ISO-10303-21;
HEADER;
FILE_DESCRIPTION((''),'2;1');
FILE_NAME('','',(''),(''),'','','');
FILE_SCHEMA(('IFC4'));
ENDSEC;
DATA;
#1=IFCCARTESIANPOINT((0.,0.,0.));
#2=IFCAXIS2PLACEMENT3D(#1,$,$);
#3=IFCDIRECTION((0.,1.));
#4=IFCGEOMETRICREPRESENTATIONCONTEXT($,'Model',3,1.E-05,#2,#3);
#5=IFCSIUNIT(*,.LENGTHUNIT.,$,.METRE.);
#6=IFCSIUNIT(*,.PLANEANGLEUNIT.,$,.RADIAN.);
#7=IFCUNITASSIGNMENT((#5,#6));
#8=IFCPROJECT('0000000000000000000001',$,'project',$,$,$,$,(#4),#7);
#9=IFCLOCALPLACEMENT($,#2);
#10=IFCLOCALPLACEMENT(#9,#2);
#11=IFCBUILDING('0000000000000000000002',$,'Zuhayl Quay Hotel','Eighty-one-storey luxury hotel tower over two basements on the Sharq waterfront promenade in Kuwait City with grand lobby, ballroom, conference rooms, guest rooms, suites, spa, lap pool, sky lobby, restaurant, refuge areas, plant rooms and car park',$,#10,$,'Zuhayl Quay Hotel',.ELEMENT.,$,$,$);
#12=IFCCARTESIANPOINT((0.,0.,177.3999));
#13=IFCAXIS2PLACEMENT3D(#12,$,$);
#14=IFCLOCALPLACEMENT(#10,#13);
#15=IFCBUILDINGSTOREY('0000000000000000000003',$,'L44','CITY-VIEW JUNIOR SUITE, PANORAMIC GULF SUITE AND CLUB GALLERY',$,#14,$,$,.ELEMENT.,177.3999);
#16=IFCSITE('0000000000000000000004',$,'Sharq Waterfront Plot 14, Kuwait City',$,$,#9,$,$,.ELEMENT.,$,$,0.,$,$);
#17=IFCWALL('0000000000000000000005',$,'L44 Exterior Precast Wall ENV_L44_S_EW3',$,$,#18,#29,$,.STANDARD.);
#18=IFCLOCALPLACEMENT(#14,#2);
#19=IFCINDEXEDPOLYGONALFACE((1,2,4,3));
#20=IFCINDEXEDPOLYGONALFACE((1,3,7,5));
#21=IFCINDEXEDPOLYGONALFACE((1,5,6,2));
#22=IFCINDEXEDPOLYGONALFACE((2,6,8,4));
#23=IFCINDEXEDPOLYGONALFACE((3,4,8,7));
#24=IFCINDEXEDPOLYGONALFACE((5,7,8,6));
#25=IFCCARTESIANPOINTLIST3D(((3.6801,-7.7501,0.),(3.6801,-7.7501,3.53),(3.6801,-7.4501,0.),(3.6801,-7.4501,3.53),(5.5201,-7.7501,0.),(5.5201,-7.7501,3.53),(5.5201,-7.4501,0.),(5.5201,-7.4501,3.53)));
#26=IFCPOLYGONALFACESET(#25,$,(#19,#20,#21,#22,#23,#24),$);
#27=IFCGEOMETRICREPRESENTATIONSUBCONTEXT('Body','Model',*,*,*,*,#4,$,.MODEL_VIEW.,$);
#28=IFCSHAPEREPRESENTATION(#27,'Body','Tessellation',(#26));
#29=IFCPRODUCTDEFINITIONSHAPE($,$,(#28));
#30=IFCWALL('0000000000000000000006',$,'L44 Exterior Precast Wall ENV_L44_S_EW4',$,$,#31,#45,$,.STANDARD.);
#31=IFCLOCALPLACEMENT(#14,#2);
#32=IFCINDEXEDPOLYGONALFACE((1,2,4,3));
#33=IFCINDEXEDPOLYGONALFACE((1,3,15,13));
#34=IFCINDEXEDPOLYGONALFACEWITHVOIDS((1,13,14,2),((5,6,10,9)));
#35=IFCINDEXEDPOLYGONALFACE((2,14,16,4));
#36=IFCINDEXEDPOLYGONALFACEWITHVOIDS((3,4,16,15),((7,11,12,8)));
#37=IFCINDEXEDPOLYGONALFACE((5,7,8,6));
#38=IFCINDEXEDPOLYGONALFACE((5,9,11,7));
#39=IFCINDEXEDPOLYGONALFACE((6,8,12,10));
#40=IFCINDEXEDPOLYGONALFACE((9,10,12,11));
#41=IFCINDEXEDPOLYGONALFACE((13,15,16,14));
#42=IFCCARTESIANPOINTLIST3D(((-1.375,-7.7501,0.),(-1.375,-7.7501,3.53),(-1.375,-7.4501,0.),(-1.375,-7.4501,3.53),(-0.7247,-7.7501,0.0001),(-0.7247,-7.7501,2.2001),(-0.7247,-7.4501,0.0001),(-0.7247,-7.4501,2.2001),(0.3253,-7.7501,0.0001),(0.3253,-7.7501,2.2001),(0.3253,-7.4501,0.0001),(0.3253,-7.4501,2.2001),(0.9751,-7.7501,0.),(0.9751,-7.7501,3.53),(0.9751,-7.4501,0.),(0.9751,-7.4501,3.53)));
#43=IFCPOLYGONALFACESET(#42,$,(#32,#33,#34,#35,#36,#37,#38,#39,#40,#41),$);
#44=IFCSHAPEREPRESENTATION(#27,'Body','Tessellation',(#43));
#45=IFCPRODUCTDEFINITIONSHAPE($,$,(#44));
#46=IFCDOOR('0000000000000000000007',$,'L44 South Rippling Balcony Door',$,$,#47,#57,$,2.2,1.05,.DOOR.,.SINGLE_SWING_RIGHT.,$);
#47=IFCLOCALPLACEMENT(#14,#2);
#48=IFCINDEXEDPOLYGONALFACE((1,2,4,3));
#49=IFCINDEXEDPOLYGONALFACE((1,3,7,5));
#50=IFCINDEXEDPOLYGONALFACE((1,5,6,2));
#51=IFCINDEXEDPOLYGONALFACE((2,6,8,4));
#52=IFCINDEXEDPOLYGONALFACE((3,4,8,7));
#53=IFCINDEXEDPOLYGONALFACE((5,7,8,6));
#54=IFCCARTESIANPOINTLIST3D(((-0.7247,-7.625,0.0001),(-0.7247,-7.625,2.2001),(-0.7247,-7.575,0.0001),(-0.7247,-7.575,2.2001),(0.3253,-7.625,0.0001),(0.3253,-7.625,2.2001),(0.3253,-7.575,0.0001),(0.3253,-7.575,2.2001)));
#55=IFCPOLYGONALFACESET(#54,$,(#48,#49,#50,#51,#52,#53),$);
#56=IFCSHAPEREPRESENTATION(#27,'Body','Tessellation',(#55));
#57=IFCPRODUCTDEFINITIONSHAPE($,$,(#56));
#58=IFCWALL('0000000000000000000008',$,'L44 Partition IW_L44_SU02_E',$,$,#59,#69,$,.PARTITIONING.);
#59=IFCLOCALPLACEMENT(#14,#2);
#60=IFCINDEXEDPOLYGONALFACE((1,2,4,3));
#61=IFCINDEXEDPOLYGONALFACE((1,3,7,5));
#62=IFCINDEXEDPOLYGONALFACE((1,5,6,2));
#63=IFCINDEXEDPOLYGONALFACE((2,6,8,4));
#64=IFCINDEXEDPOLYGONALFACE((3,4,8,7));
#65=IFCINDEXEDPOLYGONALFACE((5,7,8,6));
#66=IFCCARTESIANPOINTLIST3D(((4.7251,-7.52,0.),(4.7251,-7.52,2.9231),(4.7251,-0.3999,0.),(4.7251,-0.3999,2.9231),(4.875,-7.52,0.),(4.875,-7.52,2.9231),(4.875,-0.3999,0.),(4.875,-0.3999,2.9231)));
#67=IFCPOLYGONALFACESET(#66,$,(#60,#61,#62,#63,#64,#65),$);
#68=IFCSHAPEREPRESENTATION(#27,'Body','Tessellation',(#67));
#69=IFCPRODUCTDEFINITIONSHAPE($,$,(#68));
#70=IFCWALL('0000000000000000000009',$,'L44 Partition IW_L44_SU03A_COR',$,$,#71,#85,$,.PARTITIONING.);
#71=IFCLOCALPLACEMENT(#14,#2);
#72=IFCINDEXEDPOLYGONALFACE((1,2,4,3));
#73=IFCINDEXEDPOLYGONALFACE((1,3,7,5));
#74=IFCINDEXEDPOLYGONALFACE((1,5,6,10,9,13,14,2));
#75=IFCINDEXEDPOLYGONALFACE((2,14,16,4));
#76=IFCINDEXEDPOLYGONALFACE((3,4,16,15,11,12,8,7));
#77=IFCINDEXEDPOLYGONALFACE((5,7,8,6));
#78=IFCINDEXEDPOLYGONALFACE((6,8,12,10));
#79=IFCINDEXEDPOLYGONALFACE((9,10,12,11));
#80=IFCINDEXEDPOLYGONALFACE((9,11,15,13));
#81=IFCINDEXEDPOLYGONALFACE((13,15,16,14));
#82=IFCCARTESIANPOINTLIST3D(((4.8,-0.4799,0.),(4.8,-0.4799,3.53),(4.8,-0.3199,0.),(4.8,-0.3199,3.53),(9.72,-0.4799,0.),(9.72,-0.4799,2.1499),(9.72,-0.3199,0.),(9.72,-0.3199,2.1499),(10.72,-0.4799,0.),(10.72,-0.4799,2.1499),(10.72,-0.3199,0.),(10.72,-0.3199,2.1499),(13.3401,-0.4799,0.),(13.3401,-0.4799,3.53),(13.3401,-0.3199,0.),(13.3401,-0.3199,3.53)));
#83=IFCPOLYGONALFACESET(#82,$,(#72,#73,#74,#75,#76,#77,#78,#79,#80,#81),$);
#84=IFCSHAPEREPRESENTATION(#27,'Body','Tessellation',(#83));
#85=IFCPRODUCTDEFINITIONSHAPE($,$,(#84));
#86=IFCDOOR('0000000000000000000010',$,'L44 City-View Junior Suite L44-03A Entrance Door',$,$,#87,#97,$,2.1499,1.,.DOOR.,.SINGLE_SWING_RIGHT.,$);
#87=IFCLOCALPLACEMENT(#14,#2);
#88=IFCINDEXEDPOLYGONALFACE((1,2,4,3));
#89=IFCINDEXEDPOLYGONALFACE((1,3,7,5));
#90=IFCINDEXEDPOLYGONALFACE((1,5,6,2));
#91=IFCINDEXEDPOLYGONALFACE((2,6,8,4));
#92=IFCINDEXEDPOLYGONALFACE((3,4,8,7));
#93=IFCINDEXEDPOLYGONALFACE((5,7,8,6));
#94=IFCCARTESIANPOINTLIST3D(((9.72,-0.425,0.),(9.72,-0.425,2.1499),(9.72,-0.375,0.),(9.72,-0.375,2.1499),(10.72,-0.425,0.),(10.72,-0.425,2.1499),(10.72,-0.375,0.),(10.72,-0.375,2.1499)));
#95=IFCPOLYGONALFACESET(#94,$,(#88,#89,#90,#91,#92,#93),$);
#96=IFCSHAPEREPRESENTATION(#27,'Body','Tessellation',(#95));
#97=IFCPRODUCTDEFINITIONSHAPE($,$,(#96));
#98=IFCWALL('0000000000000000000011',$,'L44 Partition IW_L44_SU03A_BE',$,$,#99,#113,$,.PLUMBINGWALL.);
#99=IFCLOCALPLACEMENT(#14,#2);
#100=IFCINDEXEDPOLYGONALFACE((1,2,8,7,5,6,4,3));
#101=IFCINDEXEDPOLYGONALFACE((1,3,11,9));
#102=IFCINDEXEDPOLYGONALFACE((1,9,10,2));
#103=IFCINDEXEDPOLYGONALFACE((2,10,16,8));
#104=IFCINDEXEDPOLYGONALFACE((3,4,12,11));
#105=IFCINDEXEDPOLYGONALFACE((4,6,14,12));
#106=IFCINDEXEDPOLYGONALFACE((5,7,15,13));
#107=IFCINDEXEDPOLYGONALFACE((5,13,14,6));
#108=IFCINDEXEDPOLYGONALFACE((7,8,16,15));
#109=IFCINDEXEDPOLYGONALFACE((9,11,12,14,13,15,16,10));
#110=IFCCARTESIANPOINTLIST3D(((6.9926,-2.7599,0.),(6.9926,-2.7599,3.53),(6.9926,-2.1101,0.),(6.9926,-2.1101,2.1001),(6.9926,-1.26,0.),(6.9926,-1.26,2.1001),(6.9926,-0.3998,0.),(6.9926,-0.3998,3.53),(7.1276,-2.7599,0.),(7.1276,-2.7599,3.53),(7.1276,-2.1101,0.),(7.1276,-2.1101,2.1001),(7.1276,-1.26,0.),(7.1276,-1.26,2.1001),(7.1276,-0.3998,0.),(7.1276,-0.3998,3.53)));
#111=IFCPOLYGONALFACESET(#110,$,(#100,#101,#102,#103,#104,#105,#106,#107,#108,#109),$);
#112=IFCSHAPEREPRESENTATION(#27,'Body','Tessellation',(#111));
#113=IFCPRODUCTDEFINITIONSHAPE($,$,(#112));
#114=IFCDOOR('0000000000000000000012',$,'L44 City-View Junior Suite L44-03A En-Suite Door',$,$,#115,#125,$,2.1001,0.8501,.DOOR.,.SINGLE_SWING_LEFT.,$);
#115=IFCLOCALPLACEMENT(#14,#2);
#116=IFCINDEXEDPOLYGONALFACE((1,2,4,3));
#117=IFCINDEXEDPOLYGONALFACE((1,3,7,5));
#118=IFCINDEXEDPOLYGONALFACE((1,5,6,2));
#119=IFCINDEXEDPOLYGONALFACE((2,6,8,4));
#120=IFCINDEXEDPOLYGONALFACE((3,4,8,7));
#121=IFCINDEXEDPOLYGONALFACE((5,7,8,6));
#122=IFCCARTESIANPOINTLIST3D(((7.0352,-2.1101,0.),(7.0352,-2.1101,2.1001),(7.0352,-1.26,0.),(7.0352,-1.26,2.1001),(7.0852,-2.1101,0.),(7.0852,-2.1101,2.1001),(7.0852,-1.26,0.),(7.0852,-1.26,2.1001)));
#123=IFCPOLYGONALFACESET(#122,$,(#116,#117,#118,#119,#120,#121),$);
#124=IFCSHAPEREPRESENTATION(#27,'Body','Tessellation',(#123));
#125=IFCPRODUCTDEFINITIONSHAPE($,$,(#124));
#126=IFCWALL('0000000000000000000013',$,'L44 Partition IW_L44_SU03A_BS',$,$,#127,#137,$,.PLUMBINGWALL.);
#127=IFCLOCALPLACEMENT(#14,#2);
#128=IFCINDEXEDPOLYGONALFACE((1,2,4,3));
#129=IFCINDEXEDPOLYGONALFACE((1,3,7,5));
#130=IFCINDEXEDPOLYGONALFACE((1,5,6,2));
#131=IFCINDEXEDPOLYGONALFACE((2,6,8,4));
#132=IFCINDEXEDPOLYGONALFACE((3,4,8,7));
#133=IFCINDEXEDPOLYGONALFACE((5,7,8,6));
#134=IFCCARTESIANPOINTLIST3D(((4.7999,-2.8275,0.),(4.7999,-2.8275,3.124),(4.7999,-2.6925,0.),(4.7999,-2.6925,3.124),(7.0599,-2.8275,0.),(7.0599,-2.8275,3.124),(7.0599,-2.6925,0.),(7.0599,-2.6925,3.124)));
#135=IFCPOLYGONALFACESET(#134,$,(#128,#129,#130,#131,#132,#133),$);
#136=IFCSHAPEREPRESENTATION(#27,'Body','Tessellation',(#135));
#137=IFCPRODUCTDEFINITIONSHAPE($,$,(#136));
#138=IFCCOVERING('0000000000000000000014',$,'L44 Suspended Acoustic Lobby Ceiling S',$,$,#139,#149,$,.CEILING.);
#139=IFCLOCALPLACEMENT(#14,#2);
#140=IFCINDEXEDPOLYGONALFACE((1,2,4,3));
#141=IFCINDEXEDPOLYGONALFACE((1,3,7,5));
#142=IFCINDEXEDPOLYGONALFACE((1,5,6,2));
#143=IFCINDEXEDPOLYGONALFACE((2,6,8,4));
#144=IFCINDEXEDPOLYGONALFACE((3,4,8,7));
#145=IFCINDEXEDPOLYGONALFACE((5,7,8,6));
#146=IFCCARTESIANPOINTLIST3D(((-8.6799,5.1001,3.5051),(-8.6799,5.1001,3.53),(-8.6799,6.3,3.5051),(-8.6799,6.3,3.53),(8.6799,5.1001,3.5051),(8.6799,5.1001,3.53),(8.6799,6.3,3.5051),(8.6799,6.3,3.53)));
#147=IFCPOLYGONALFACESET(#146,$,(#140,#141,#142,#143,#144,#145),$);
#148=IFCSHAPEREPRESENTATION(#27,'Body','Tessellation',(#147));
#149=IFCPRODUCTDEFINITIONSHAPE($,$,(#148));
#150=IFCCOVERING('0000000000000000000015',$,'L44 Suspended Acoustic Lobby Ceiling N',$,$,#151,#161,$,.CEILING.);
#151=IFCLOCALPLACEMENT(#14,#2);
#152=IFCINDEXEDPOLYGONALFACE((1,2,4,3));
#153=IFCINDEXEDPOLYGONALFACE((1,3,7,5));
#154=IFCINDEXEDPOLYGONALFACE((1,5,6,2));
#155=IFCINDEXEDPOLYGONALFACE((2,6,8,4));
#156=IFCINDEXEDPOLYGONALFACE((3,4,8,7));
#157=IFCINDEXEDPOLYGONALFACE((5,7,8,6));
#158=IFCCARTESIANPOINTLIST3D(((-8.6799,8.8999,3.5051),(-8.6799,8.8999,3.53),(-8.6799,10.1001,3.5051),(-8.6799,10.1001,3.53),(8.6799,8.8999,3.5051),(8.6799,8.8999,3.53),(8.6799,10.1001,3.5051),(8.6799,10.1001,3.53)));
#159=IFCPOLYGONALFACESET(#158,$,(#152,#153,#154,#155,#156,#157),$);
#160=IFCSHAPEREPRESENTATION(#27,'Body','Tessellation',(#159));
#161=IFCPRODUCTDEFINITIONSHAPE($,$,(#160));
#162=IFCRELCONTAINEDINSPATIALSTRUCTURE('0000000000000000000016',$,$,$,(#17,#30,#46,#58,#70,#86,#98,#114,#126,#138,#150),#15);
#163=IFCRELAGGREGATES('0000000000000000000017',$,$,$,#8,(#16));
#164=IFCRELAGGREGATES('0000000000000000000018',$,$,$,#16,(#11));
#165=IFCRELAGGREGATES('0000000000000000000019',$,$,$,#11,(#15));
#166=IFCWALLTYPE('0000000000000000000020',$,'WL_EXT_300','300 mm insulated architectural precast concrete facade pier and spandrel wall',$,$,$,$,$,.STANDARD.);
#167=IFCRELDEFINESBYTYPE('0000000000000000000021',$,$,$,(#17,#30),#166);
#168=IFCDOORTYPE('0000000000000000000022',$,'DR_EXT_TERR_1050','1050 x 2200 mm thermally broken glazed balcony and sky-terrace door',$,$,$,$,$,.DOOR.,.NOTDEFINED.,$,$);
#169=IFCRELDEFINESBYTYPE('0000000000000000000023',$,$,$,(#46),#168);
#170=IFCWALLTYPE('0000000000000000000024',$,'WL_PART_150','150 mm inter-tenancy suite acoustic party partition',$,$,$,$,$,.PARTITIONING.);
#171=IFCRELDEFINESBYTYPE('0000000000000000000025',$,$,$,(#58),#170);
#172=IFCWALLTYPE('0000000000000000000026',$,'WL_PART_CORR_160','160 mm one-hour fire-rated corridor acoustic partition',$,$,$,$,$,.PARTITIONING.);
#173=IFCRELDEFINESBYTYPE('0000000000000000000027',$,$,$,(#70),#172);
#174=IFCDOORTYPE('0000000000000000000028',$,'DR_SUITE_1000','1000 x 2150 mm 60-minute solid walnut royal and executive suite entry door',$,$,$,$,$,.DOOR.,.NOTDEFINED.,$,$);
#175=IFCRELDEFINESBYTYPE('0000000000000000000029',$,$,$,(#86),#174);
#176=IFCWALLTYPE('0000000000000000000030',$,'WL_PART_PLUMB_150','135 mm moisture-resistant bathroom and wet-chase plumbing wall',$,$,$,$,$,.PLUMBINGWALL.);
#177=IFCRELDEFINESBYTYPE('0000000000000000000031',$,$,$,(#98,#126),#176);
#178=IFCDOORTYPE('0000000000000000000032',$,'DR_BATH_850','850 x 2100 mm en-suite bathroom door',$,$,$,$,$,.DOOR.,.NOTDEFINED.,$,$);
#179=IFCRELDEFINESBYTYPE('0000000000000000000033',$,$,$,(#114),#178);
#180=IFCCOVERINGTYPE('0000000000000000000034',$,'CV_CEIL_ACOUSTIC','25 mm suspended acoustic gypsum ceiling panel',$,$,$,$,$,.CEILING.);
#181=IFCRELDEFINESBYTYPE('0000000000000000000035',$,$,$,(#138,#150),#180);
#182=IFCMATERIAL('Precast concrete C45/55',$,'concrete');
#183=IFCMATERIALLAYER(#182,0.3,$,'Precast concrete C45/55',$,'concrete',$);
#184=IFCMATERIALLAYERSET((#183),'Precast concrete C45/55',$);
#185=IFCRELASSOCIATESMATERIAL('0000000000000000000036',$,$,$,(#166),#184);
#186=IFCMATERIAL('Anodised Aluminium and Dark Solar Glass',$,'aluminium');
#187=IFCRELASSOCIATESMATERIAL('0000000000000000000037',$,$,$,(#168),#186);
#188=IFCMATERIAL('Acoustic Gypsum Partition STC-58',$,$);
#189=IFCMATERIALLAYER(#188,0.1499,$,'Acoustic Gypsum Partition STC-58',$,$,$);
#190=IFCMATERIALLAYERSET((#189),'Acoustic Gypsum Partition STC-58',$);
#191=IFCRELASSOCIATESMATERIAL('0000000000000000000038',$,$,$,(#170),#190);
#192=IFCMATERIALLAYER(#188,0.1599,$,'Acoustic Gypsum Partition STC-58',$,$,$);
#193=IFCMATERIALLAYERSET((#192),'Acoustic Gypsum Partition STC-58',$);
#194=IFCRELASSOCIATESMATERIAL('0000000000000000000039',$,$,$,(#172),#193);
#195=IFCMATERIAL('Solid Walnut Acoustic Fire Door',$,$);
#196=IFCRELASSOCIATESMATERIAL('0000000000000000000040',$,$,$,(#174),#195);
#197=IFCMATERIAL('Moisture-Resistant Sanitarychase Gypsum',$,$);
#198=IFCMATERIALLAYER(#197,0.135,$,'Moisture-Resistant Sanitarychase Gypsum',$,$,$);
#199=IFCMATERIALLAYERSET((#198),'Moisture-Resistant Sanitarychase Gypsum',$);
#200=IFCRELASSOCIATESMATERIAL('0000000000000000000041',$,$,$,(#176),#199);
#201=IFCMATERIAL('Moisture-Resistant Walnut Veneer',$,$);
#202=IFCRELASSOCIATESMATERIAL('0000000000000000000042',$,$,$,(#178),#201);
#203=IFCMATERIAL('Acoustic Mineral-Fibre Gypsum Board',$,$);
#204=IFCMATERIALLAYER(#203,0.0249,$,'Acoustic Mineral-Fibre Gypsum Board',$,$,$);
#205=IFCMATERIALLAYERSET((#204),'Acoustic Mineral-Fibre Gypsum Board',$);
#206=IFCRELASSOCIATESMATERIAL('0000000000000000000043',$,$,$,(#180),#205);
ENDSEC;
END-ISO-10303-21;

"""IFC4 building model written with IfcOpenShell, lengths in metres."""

from ifc_helpers import new_model, si_unit, direction, frame, frame_2d, origin, place, context, subcontext, project, spatial, polyline, rectangle, outline, extrude, material, layer, layer_set, type_object, element, fill, save


model = new_model("IFC4")

# Units and contexts
model_context = context("Model", 3, precision=1e-05, world=origin(), true_north=direction((0.0, 1.0)))
body_context = subcontext(model_context, "Body", "Model", "MODEL_VIEW")
ifc_project = project(units=[si_unit("LENGTHUNIT", "METRE"), si_unit("PLANEANGLEUNIT", "RADIAN")], contexts=[model_context])

# Site, building, storey
site_placement = place(None, origin())
site = spatial("IfcSite", under=ifc_project, at=site_placement, Name="Sharq Waterfront Plot 14, Kuwait City", CompositionType="ELEMENT", RefElevation=0.0)
building_placement = place(site_placement, origin())
building = spatial("IfcBuilding", under=site, at=building_placement, Name="Zuhayl Quay Hotel", Description="Eighty-one-storey luxury hotel tower over two basements on the Sharq waterfront promenade in Kuwait City with grand lobby, ballroom, conference rooms, guest rooms, suites, spa, lap pool, sky lobby, restaurant, refuge areas, plant rooms and car park", LongName="Zuhayl Quay Hotel", CompositionType="ELEMENT")
storey_placement = place(building_placement, frame((0.0, 0.0, 177.3999)))
storey = spatial("IfcBuildingStorey", under=building, at=storey_placement, Name="L44", Description="CITY-VIEW JUNIOR SUITE, PANORAMIC GULF SUITE AND CLUB GALLERY", CompositionType="ELEMENT", Elevation=177.3999)

# Wall
ifc_material_1 = material(Name="Precast concrete C45/55", Category="concrete")
ifc_layer_1 = layer(ifc_material_1, 0.3, Name="Precast concrete C45/55", Category="concrete")
ifc_layer_set_1 = layer_set([ifc_layer_1], Name="Precast concrete C45/55")
wall_type_1 = type_object("IfcWallType", Name="WL_EXT_300", Description="300 mm insulated architectural precast concrete facade pier and spandrel wall", PredefinedType="STANDARD", material=ifc_layer_set_1)
wall_1_placement = place(storey_placement, frame((5.52, -7.6001, 0.0), z_axis=(0.0, 0.0, 1.0), x_axis=(-1.0, 0.0, 0.0)))
element("IfcWall", 1, at=wall_1_placement, inside=storey, type_object=wall_type_1, Name="L44 Exterior Precast Wall ENV_L44_S_EW3", PredefinedType="STANDARD", context=body_context, shape_type="SweptSolid", body=[
    extrude(rectangle(XDim=1.8401, YDim=0.3, at=frame_2d((0.9199, 0.0))), origin(), (0.0, 0.0, 1.0), 3.53),
])

# Wall, opening, door
wall_2_placement = place(storey_placement, frame((0.9751, -7.6001, 0.0), z_axis=(0.0, 0.0, 1.0), x_axis=(-1.0, 0.0, 0.0)))
wall_2 = element("IfcWall", 2, at=wall_2_placement, inside=storey, type_object=wall_type_1, Name="L44 Exterior Precast Wall ENV_L44_S_EW4", PredefinedType="STANDARD", context=body_context, shape_type="SweptSolid", body=[
    extrude(rectangle(XDim=2.3501, YDim=0.3, at=frame_2d((1.175, 0.0))), origin(), (0.0, 0.0, 1.0), 3.53),
])
opening_1_placement = place(wall_2_placement, frame((0.6499, 0.0, 0.0)))
opening_1 = element("IfcOpeningElement", 3, at=opening_1_placement, cuts=wall_2, PredefinedType="OPENING", context=body_context, shape_type="SweptSolid", body=[
    extrude(rectangle(XDim=1.05, YDim=2.2, at=frame_2d((0.5249, 1.1001))), frame((0.0, 0.1599, 0.0), z_axis=(0.0, -1.0, 0.0), x_axis=(1.0, 0.0, 0.0)), (0.0, 0.0, 1.0), 0.3201),
])
ifc_material_2 = material(Name="Anodised Aluminium and Dark Solar Glass", Category="aluminium")
door_type_1 = type_object("IfcDoorType", Name="DR_EXT_TERR_1050", Description="1050 x 2200 mm thermally broken glazed balcony and sky-terrace door", OperationType="NOTDEFINED", PredefinedType="DOOR", material=ifc_material_2)
door_1_placement = place(opening_1_placement, origin())
door_1 = element("IfcDoor", 4, at=door_1_placement, inside=storey, type_object=door_type_1, Name="L44 South Rippling Balcony Door", OperationType="SINGLE_SWING_RIGHT", OverallHeight=2.2, OverallWidth=1.05, PredefinedType="DOOR", context=body_context, shape_type="SweptSolid", body=[
    extrude(rectangle(XDim=1.05, YDim=2.2, at=frame_2d((0.5249, 1.1001))), frame((0.0, 0.0249, 0.0), z_axis=(0.0, -1.0, 0.0), x_axis=(1.0, 0.0, 0.0)), (0.0, 0.0, 1.0), 0.05),
])
fill(opening_1, door_1)

# Wall
ifc_material_3 = material(Name="Acoustic Gypsum Partition STC-58")
ifc_layer_2 = layer(ifc_material_3, 0.1499, Name="Acoustic Gypsum Partition STC-58")
ifc_layer_set_2 = layer_set([ifc_layer_2], Name="Acoustic Gypsum Partition STC-58")
wall_type_2 = type_object("IfcWallType", Name="WL_PART_150", Description="150 mm inter-tenancy suite acoustic party partition", PredefinedType="PARTITIONING", material=ifc_layer_set_2)
wall_3_placement = place(storey_placement, frame((4.8, -7.52, 0.0), z_axis=(0.0, 0.0, 1.0), x_axis=(0.0, 1.0, 0.0)))
element("IfcWall", 5, at=wall_3_placement, inside=storey, type_object=wall_type_2, Name="L44 Partition IW_L44_SU02_E", PredefinedType="PARTITIONING", context=body_context, shape_type="SweptSolid", body=[
    extrude(rectangle(XDim=7.1201, YDim=0.1499, at=frame_2d((3.5601, 0.0))), origin(), (0.0, 0.0, 1.0), 2.9231),
])

# Walls, openings, doors
ifc_layer_3 = layer(ifc_material_3, 0.1599, Name="Acoustic Gypsum Partition STC-58")
ifc_layer_set_3 = layer_set([ifc_layer_3], Name="Acoustic Gypsum Partition STC-58")
wall_type_3 = type_object("IfcWallType", Name="WL_PART_CORR_160", Description="160 mm one-hour fire-rated corridor acoustic partition", PredefinedType="PARTITIONING", material=ifc_layer_set_3)
wall_4_placement = place(storey_placement, frame((4.8, -0.3999, 0.0), z_axis=(0.0, 0.0, 1.0), x_axis=(1.0, 0.0, 0.0)))
wall_4 = element("IfcWall", 6, at=wall_4_placement, inside=storey, type_object=wall_type_3, Name="L44 Partition IW_L44_SU03A_COR", PredefinedType="PARTITIONING", context=body_context, shape_type="SweptSolid", body=[
    extrude(rectangle(XDim=8.54, YDim=0.1599, at=frame_2d((4.27, 0.0))), origin(), (0.0, 0.0, 1.0), 3.53),
])
opening_2_placement = place(wall_4_placement, frame((4.9199, 0.0, 0.0)))
opening_2 = element("IfcOpeningElement", 7, at=opening_2_placement, cuts=wall_4, PredefinedType="OPENING", context=body_context, shape_type="SweptSolid", body=[
    extrude(rectangle(XDim=1.0, YDim=2.1499, at=frame_2d((0.5, 1.075))), frame((0.0, 0.0898, 0.0), z_axis=(0.0, -1.0, 0.0), x_axis=(1.0, 0.0, 0.0)), (0.0, 0.0, 1.0), 0.1799),
])
ifc_material_4 = material(Name="Solid Walnut Acoustic Fire Door")
door_type_2 = type_object("IfcDoorType", Name="DR_SUITE_1000", Description="1000 x 2150 mm 60-minute solid walnut royal and executive suite entry door", OperationType="NOTDEFINED", PredefinedType="DOOR", material=ifc_material_4)
door_2_placement = place(opening_2_placement, origin())
door_2 = element("IfcDoor", 8, at=door_2_placement, inside=storey, type_object=door_type_2, Name="L44 City-View Junior Suite L44-03A Entrance Door", OperationType="SINGLE_SWING_RIGHT", OverallHeight=2.1499, OverallWidth=1.0, PredefinedType="DOOR", context=body_context, shape_type="SweptSolid", body=[
    extrude(rectangle(XDim=1.0, YDim=2.1499, at=frame_2d((0.5, 1.075))), frame((0.0, 0.0249, 0.0), z_axis=(0.0, -1.0, 0.0), x_axis=(1.0, 0.0, 0.0)), (0.0, 0.0, 1.0), 0.05),
])
fill(opening_2, door_2)
ifc_material_5 = material(Name="Moisture-Resistant Sanitarychase Gypsum")
ifc_layer_4 = layer(ifc_material_5, 0.135, Name="Moisture-Resistant Sanitarychase Gypsum")
ifc_layer_set_4 = layer_set([ifc_layer_4], Name="Moisture-Resistant Sanitarychase Gypsum")
wall_type_4 = type_object("IfcWallType", Name="WL_PART_PLUMB_150", Description="135 mm moisture-resistant bathroom and wet-chase plumbing wall", PredefinedType="PLUMBINGWALL", material=ifc_layer_set_4)
wall_5_placement = place(storey_placement, frame((7.0601, -2.76, 0.0), z_axis=(0.0, 0.0, 1.0), x_axis=(0.0, 1.0, 0.0)))
wall_5 = element("IfcWall", 9, at=wall_5_placement, inside=storey, type_object=wall_type_4, Name="L44 Partition IW_L44_SU03A_BE", PredefinedType="PLUMBINGWALL", context=body_context, shape_type="SweptSolid", body=[
    extrude(rectangle(XDim=2.3601, YDim=0.135, at=frame_2d((1.1802, 0.0))), origin(), (0.0, 0.0, 1.0), 3.53),
])
opening_3_placement = place(wall_5_placement, frame((0.6499, 0.0, 0.0)))
opening_3 = element("IfcOpeningElement", 10, at=opening_3_placement, cuts=wall_5, PredefinedType="OPENING", context=body_context, shape_type="SweptSolid", body=[
    extrude(rectangle(XDim=0.8501, YDim=2.1001, at=frame_2d((0.425, 1.05))), frame((0.0, 0.0774, 0.0), z_axis=(0.0, -1.0, 0.0), x_axis=(1.0, 0.0, 0.0)), (0.0, 0.0, 1.0), 0.155),
])
ifc_material_6 = material(Name="Moisture-Resistant Walnut Veneer")
door_type_3 = type_object("IfcDoorType", Name="DR_BATH_850", Description="850 x 2100 mm en-suite bathroom door", OperationType="NOTDEFINED", PredefinedType="DOOR", material=ifc_material_6)
door_3_placement = place(opening_3_placement, origin())
door_3 = element("IfcDoor", 11, at=door_3_placement, inside=storey, type_object=door_type_3, Name="L44 City-View Junior Suite L44-03A En-Suite Door", OperationType="SINGLE_SWING_LEFT", OverallHeight=2.1001, OverallWidth=0.8501, PredefinedType="DOOR", context=body_context, shape_type="SweptSolid", body=[
    extrude(rectangle(XDim=0.8501, YDim=2.1001, at=frame_2d((0.425, 1.05))), frame((0.0, 0.0249, 0.0), z_axis=(0.0, -1.0, 0.0), x_axis=(1.0, 0.0, 0.0)), (0.0, 0.0, 1.0), 0.05),
])
fill(opening_3, door_3)

# Wall
wall_6_placement = place(storey_placement, frame((4.8, -2.76, 0.0), z_axis=(0.0, 0.0, 1.0), x_axis=(1.0, 0.0, 0.0)))
element("IfcWall", 12, at=wall_6_placement, inside=storey, type_object=wall_type_4, Name="L44 Partition IW_L44_SU03A_BS", PredefinedType="PLUMBINGWALL", context=body_context, shape_type="SweptSolid", body=[
    extrude(rectangle(XDim=2.26, YDim=0.135, at=frame_2d((1.1299, 0.0))), origin(), (0.0, 0.0, 1.0), 3.124),
])

# Coverings
ifc_material_7 = material(Name="Acoustic Mineral-Fibre Gypsum Board")
ifc_layer_5 = layer(ifc_material_7, 0.0249, Name="Acoustic Mineral-Fibre Gypsum Board")
ifc_layer_set_5 = layer_set([ifc_layer_5], Name="Acoustic Mineral-Fibre Gypsum Board")
covering_type_1 = type_object("IfcCoveringType", Name="CV_CEIL_ACOUSTIC", Description="25 mm suspended acoustic gypsum ceiling panel", PredefinedType="CEILING", material=ifc_layer_set_5)
covering_1_placement = place(storey_placement, frame((0.0, 0.0, 3.5051)))
element("IfcCovering", 13, at=covering_1_placement, inside=storey, type_object=covering_type_1, Name="L44 Suspended Acoustic Lobby Ceiling S", PredefinedType="CEILING", context=body_context, shape_type="SweptSolid", body=[
    extrude(outline(polyline([(-8.6799, 5.1001), (8.6799, 5.1001), (8.6799, 6.3), (-8.6799, 6.3), (-8.6799, 5.1001)])), origin(), (0.0, 0.0, 1.0), 0.0249),
])
covering_2_placement = place(storey_placement, frame((0.0, 0.0, 3.5051)))
element("IfcCovering", 14, at=covering_2_placement, inside=storey, type_object=covering_type_1, Name="L44 Suspended Acoustic Lobby Ceiling N", PredefinedType="CEILING", context=body_context, shape_type="SweptSolid", body=[
    extrude(outline(polyline([(-8.6799, 8.8999), (8.6799, 8.8999), (8.6799, 10.1001), (-8.6799, 10.1001), (-8.6799, 8.8999)])), origin(), (0.0, 0.0, 1.0), 0.0249),
])

save(model, "model.ifc")
